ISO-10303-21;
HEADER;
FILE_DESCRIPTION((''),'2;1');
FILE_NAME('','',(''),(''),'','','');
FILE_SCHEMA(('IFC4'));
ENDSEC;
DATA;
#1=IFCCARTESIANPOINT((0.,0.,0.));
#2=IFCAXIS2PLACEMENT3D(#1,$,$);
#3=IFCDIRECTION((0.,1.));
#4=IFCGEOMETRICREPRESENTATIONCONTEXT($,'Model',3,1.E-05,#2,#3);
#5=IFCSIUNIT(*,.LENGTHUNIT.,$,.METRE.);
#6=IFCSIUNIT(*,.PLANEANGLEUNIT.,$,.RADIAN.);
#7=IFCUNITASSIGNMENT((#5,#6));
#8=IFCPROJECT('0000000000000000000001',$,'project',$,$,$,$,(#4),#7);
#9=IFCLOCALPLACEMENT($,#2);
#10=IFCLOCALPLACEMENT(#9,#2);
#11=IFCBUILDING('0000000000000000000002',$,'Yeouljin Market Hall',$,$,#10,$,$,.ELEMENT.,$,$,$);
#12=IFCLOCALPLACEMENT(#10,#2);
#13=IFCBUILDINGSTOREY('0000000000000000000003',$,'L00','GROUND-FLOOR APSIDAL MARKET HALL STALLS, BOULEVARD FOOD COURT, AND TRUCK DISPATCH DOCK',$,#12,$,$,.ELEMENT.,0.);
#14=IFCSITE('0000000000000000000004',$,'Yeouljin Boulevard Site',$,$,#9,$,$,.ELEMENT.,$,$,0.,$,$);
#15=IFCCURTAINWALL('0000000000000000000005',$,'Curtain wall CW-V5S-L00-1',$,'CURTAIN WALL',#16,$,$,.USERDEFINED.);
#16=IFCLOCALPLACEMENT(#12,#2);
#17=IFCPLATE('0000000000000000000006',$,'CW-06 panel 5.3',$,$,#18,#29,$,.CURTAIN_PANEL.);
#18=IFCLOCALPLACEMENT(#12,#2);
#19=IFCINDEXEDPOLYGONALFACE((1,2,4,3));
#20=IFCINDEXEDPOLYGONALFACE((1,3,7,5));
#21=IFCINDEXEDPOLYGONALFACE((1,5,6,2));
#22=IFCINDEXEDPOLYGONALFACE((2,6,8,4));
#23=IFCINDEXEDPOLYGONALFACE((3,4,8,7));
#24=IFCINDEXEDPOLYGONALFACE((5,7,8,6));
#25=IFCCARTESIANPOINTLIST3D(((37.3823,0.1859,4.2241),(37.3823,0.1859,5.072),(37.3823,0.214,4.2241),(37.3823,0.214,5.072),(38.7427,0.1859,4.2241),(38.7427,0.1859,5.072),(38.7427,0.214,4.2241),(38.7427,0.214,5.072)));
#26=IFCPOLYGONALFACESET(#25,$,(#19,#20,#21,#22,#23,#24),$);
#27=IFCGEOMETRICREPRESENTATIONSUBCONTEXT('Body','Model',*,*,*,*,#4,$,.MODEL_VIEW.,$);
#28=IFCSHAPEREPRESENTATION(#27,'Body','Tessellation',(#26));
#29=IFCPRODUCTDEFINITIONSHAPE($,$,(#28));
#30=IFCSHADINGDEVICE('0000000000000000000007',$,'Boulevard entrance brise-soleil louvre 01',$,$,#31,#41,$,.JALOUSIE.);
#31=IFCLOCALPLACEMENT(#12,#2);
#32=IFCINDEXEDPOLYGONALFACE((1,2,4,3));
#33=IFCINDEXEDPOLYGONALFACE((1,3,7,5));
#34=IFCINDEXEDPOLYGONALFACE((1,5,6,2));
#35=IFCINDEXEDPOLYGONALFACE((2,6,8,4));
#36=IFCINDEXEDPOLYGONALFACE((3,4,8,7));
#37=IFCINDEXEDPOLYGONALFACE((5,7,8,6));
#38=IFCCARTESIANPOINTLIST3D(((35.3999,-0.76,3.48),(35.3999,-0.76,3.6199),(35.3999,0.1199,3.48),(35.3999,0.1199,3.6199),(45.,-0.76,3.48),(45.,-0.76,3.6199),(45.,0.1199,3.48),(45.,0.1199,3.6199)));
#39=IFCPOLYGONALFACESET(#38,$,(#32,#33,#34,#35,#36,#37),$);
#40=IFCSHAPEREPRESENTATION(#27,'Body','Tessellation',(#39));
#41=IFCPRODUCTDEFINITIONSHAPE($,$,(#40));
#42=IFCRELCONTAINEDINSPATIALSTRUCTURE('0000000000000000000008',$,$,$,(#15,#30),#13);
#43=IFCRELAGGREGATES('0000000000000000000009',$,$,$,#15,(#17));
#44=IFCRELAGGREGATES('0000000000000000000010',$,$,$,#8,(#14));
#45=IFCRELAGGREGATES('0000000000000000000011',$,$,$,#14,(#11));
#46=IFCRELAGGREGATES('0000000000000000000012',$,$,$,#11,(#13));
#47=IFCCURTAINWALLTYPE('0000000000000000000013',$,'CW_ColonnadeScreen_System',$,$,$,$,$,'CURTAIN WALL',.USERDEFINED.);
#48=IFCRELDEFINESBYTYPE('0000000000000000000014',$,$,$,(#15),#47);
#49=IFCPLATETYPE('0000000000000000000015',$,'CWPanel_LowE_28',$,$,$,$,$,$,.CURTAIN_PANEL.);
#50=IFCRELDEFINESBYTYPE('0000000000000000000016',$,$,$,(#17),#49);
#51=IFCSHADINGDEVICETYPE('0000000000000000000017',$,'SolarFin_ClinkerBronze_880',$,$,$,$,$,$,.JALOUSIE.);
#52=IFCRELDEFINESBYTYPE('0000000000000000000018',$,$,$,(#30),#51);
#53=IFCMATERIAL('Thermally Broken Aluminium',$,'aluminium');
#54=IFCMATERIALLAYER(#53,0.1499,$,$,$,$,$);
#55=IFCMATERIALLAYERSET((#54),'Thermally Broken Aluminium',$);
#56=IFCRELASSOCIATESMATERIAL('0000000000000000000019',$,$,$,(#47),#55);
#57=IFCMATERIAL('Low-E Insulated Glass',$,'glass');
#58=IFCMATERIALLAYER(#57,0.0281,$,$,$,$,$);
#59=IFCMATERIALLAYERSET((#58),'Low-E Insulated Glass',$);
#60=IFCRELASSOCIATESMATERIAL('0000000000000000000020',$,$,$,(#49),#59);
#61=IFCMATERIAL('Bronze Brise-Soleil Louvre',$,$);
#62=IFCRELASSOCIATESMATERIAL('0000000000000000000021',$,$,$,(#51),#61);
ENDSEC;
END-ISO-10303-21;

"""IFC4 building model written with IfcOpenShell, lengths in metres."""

from ifc_helpers import new_model, si_unit, direction, frame, origin, origin_2d, place, context, subcontext, project, spatial, rectangle, extrude, material, layer, layer_set, type_object, element, aggregate, save


model = new_model("IFC4")

# Units and contexts
model_context = context("Model", 3, precision=1e-05, world=origin(), true_north=direction((0.0, 1.0)))
body_context = subcontext(model_context, "Body", "Model", "MODEL_VIEW")
ifc_project = project(units=[si_unit("LENGTHUNIT", "METRE"), si_unit("PLANEANGLEUNIT", "RADIAN")], contexts=[model_context])

# Site, building, storey
site_placement = place(None, origin())
site = spatial("IfcSite", under=ifc_project, at=site_placement, Name="Yeouljin Boulevard Site", CompositionType="ELEMENT", RefElevation=0.0)
building_placement = place(site_placement, origin())
building = spatial("IfcBuilding", under=site, at=building_placement, Name="Yeouljin Market Hall", CompositionType="ELEMENT")
storey_placement = place(building_placement, origin())
storey = spatial("IfcBuildingStorey", under=building, at=storey_placement, Name="L00", Description="GROUND-FLOOR APSIDAL MARKET HALL STALLS, BOULEVARD FOOD COURT, AND TRUCK DISPATCH DOCK", CompositionType="ELEMENT", Elevation=0.0)

# Curtain wall, plate
ifc_material_1 = material(Name="Thermally Broken Aluminium", Category="aluminium")
ifc_layer_1 = layer(ifc_material_1, 0.1499)
ifc_layer_set_1 = layer_set([ifc_layer_1], Name="Thermally Broken Aluminium")
curtain_wall_type = type_object("IfcCurtainWallType", Name="CW_ColonnadeScreen_System", ElementType="CURTAIN WALL", PredefinedType="USERDEFINED", material=ifc_layer_set_1)
curtain_wall_placement = place(storey_placement, origin())
curtain_wall = element("IfcCurtainWall", 1, at=curtain_wall_placement, inside=storey, type_object=curtain_wall_type, Name="Curtain wall CW-V5S-L00-1", ObjectType="CURTAIN WALL", PredefinedType="USERDEFINED")
ifc_material_2 = material(Name="Low-E Insulated Glass", Category="glass")
ifc_layer_2 = layer(ifc_material_2, 0.0281)
ifc_layer_set_2 = layer_set([ifc_layer_2], Name="Low-E Insulated Glass")
plate_type = type_object("IfcPlateType", Name="CWPanel_LowE_28", PredefinedType="CURTAIN_PANEL", material=ifc_layer_set_2)
plate_1_placement = place(storey_placement, frame((38.0625, 0.2, 4.2241), z_axis=(0.0, 0.0, 1.0), x_axis=(-1.0, 0.0, 0.0)))
plate_1 = element("IfcPlate", 2, at=plate_1_placement, type_object=plate_type, Name="CW-06 panel 5.3", PredefinedType="CURTAIN_PANEL", context=body_context, shape_type="SweptSolid", body=[
    extrude(rectangle(XDim=1.3604, YDim=0.0281, at=origin_2d()), origin(), (0.0, 0.0, 1.0), 0.8479),
])
aggregate(curtain_wall, [plate_1])

# Shading device
ifc_material_3 = material(Name="Bronze Brise-Soleil Louvre")
shading_device_type = type_object("IfcShadingDeviceType", Name="SolarFin_ClinkerBronze_880", PredefinedType="JALOUSIE", material=ifc_material_3)
shading_device_placement = place(storey_placement, frame((40.2, -0.3201, 3.48), z_axis=(0.0, 0.0, 1.0), x_axis=(1.0, 0.0, 0.0)))
element("IfcShadingDevice", 3, at=shading_device_placement, inside=storey, type_object=shading_device_type, Name="Boulevard entrance brise-soleil louvre 01", PredefinedType="JALOUSIE", context=body_context, shape_type="SweptSolid", body=[
    extrude(rectangle(XDim=9.6001, YDim=0.8799, at=origin_2d()), origin(), (0.0, 0.0, 1.0), 0.1399),
])

save(model, "model.ifc")
